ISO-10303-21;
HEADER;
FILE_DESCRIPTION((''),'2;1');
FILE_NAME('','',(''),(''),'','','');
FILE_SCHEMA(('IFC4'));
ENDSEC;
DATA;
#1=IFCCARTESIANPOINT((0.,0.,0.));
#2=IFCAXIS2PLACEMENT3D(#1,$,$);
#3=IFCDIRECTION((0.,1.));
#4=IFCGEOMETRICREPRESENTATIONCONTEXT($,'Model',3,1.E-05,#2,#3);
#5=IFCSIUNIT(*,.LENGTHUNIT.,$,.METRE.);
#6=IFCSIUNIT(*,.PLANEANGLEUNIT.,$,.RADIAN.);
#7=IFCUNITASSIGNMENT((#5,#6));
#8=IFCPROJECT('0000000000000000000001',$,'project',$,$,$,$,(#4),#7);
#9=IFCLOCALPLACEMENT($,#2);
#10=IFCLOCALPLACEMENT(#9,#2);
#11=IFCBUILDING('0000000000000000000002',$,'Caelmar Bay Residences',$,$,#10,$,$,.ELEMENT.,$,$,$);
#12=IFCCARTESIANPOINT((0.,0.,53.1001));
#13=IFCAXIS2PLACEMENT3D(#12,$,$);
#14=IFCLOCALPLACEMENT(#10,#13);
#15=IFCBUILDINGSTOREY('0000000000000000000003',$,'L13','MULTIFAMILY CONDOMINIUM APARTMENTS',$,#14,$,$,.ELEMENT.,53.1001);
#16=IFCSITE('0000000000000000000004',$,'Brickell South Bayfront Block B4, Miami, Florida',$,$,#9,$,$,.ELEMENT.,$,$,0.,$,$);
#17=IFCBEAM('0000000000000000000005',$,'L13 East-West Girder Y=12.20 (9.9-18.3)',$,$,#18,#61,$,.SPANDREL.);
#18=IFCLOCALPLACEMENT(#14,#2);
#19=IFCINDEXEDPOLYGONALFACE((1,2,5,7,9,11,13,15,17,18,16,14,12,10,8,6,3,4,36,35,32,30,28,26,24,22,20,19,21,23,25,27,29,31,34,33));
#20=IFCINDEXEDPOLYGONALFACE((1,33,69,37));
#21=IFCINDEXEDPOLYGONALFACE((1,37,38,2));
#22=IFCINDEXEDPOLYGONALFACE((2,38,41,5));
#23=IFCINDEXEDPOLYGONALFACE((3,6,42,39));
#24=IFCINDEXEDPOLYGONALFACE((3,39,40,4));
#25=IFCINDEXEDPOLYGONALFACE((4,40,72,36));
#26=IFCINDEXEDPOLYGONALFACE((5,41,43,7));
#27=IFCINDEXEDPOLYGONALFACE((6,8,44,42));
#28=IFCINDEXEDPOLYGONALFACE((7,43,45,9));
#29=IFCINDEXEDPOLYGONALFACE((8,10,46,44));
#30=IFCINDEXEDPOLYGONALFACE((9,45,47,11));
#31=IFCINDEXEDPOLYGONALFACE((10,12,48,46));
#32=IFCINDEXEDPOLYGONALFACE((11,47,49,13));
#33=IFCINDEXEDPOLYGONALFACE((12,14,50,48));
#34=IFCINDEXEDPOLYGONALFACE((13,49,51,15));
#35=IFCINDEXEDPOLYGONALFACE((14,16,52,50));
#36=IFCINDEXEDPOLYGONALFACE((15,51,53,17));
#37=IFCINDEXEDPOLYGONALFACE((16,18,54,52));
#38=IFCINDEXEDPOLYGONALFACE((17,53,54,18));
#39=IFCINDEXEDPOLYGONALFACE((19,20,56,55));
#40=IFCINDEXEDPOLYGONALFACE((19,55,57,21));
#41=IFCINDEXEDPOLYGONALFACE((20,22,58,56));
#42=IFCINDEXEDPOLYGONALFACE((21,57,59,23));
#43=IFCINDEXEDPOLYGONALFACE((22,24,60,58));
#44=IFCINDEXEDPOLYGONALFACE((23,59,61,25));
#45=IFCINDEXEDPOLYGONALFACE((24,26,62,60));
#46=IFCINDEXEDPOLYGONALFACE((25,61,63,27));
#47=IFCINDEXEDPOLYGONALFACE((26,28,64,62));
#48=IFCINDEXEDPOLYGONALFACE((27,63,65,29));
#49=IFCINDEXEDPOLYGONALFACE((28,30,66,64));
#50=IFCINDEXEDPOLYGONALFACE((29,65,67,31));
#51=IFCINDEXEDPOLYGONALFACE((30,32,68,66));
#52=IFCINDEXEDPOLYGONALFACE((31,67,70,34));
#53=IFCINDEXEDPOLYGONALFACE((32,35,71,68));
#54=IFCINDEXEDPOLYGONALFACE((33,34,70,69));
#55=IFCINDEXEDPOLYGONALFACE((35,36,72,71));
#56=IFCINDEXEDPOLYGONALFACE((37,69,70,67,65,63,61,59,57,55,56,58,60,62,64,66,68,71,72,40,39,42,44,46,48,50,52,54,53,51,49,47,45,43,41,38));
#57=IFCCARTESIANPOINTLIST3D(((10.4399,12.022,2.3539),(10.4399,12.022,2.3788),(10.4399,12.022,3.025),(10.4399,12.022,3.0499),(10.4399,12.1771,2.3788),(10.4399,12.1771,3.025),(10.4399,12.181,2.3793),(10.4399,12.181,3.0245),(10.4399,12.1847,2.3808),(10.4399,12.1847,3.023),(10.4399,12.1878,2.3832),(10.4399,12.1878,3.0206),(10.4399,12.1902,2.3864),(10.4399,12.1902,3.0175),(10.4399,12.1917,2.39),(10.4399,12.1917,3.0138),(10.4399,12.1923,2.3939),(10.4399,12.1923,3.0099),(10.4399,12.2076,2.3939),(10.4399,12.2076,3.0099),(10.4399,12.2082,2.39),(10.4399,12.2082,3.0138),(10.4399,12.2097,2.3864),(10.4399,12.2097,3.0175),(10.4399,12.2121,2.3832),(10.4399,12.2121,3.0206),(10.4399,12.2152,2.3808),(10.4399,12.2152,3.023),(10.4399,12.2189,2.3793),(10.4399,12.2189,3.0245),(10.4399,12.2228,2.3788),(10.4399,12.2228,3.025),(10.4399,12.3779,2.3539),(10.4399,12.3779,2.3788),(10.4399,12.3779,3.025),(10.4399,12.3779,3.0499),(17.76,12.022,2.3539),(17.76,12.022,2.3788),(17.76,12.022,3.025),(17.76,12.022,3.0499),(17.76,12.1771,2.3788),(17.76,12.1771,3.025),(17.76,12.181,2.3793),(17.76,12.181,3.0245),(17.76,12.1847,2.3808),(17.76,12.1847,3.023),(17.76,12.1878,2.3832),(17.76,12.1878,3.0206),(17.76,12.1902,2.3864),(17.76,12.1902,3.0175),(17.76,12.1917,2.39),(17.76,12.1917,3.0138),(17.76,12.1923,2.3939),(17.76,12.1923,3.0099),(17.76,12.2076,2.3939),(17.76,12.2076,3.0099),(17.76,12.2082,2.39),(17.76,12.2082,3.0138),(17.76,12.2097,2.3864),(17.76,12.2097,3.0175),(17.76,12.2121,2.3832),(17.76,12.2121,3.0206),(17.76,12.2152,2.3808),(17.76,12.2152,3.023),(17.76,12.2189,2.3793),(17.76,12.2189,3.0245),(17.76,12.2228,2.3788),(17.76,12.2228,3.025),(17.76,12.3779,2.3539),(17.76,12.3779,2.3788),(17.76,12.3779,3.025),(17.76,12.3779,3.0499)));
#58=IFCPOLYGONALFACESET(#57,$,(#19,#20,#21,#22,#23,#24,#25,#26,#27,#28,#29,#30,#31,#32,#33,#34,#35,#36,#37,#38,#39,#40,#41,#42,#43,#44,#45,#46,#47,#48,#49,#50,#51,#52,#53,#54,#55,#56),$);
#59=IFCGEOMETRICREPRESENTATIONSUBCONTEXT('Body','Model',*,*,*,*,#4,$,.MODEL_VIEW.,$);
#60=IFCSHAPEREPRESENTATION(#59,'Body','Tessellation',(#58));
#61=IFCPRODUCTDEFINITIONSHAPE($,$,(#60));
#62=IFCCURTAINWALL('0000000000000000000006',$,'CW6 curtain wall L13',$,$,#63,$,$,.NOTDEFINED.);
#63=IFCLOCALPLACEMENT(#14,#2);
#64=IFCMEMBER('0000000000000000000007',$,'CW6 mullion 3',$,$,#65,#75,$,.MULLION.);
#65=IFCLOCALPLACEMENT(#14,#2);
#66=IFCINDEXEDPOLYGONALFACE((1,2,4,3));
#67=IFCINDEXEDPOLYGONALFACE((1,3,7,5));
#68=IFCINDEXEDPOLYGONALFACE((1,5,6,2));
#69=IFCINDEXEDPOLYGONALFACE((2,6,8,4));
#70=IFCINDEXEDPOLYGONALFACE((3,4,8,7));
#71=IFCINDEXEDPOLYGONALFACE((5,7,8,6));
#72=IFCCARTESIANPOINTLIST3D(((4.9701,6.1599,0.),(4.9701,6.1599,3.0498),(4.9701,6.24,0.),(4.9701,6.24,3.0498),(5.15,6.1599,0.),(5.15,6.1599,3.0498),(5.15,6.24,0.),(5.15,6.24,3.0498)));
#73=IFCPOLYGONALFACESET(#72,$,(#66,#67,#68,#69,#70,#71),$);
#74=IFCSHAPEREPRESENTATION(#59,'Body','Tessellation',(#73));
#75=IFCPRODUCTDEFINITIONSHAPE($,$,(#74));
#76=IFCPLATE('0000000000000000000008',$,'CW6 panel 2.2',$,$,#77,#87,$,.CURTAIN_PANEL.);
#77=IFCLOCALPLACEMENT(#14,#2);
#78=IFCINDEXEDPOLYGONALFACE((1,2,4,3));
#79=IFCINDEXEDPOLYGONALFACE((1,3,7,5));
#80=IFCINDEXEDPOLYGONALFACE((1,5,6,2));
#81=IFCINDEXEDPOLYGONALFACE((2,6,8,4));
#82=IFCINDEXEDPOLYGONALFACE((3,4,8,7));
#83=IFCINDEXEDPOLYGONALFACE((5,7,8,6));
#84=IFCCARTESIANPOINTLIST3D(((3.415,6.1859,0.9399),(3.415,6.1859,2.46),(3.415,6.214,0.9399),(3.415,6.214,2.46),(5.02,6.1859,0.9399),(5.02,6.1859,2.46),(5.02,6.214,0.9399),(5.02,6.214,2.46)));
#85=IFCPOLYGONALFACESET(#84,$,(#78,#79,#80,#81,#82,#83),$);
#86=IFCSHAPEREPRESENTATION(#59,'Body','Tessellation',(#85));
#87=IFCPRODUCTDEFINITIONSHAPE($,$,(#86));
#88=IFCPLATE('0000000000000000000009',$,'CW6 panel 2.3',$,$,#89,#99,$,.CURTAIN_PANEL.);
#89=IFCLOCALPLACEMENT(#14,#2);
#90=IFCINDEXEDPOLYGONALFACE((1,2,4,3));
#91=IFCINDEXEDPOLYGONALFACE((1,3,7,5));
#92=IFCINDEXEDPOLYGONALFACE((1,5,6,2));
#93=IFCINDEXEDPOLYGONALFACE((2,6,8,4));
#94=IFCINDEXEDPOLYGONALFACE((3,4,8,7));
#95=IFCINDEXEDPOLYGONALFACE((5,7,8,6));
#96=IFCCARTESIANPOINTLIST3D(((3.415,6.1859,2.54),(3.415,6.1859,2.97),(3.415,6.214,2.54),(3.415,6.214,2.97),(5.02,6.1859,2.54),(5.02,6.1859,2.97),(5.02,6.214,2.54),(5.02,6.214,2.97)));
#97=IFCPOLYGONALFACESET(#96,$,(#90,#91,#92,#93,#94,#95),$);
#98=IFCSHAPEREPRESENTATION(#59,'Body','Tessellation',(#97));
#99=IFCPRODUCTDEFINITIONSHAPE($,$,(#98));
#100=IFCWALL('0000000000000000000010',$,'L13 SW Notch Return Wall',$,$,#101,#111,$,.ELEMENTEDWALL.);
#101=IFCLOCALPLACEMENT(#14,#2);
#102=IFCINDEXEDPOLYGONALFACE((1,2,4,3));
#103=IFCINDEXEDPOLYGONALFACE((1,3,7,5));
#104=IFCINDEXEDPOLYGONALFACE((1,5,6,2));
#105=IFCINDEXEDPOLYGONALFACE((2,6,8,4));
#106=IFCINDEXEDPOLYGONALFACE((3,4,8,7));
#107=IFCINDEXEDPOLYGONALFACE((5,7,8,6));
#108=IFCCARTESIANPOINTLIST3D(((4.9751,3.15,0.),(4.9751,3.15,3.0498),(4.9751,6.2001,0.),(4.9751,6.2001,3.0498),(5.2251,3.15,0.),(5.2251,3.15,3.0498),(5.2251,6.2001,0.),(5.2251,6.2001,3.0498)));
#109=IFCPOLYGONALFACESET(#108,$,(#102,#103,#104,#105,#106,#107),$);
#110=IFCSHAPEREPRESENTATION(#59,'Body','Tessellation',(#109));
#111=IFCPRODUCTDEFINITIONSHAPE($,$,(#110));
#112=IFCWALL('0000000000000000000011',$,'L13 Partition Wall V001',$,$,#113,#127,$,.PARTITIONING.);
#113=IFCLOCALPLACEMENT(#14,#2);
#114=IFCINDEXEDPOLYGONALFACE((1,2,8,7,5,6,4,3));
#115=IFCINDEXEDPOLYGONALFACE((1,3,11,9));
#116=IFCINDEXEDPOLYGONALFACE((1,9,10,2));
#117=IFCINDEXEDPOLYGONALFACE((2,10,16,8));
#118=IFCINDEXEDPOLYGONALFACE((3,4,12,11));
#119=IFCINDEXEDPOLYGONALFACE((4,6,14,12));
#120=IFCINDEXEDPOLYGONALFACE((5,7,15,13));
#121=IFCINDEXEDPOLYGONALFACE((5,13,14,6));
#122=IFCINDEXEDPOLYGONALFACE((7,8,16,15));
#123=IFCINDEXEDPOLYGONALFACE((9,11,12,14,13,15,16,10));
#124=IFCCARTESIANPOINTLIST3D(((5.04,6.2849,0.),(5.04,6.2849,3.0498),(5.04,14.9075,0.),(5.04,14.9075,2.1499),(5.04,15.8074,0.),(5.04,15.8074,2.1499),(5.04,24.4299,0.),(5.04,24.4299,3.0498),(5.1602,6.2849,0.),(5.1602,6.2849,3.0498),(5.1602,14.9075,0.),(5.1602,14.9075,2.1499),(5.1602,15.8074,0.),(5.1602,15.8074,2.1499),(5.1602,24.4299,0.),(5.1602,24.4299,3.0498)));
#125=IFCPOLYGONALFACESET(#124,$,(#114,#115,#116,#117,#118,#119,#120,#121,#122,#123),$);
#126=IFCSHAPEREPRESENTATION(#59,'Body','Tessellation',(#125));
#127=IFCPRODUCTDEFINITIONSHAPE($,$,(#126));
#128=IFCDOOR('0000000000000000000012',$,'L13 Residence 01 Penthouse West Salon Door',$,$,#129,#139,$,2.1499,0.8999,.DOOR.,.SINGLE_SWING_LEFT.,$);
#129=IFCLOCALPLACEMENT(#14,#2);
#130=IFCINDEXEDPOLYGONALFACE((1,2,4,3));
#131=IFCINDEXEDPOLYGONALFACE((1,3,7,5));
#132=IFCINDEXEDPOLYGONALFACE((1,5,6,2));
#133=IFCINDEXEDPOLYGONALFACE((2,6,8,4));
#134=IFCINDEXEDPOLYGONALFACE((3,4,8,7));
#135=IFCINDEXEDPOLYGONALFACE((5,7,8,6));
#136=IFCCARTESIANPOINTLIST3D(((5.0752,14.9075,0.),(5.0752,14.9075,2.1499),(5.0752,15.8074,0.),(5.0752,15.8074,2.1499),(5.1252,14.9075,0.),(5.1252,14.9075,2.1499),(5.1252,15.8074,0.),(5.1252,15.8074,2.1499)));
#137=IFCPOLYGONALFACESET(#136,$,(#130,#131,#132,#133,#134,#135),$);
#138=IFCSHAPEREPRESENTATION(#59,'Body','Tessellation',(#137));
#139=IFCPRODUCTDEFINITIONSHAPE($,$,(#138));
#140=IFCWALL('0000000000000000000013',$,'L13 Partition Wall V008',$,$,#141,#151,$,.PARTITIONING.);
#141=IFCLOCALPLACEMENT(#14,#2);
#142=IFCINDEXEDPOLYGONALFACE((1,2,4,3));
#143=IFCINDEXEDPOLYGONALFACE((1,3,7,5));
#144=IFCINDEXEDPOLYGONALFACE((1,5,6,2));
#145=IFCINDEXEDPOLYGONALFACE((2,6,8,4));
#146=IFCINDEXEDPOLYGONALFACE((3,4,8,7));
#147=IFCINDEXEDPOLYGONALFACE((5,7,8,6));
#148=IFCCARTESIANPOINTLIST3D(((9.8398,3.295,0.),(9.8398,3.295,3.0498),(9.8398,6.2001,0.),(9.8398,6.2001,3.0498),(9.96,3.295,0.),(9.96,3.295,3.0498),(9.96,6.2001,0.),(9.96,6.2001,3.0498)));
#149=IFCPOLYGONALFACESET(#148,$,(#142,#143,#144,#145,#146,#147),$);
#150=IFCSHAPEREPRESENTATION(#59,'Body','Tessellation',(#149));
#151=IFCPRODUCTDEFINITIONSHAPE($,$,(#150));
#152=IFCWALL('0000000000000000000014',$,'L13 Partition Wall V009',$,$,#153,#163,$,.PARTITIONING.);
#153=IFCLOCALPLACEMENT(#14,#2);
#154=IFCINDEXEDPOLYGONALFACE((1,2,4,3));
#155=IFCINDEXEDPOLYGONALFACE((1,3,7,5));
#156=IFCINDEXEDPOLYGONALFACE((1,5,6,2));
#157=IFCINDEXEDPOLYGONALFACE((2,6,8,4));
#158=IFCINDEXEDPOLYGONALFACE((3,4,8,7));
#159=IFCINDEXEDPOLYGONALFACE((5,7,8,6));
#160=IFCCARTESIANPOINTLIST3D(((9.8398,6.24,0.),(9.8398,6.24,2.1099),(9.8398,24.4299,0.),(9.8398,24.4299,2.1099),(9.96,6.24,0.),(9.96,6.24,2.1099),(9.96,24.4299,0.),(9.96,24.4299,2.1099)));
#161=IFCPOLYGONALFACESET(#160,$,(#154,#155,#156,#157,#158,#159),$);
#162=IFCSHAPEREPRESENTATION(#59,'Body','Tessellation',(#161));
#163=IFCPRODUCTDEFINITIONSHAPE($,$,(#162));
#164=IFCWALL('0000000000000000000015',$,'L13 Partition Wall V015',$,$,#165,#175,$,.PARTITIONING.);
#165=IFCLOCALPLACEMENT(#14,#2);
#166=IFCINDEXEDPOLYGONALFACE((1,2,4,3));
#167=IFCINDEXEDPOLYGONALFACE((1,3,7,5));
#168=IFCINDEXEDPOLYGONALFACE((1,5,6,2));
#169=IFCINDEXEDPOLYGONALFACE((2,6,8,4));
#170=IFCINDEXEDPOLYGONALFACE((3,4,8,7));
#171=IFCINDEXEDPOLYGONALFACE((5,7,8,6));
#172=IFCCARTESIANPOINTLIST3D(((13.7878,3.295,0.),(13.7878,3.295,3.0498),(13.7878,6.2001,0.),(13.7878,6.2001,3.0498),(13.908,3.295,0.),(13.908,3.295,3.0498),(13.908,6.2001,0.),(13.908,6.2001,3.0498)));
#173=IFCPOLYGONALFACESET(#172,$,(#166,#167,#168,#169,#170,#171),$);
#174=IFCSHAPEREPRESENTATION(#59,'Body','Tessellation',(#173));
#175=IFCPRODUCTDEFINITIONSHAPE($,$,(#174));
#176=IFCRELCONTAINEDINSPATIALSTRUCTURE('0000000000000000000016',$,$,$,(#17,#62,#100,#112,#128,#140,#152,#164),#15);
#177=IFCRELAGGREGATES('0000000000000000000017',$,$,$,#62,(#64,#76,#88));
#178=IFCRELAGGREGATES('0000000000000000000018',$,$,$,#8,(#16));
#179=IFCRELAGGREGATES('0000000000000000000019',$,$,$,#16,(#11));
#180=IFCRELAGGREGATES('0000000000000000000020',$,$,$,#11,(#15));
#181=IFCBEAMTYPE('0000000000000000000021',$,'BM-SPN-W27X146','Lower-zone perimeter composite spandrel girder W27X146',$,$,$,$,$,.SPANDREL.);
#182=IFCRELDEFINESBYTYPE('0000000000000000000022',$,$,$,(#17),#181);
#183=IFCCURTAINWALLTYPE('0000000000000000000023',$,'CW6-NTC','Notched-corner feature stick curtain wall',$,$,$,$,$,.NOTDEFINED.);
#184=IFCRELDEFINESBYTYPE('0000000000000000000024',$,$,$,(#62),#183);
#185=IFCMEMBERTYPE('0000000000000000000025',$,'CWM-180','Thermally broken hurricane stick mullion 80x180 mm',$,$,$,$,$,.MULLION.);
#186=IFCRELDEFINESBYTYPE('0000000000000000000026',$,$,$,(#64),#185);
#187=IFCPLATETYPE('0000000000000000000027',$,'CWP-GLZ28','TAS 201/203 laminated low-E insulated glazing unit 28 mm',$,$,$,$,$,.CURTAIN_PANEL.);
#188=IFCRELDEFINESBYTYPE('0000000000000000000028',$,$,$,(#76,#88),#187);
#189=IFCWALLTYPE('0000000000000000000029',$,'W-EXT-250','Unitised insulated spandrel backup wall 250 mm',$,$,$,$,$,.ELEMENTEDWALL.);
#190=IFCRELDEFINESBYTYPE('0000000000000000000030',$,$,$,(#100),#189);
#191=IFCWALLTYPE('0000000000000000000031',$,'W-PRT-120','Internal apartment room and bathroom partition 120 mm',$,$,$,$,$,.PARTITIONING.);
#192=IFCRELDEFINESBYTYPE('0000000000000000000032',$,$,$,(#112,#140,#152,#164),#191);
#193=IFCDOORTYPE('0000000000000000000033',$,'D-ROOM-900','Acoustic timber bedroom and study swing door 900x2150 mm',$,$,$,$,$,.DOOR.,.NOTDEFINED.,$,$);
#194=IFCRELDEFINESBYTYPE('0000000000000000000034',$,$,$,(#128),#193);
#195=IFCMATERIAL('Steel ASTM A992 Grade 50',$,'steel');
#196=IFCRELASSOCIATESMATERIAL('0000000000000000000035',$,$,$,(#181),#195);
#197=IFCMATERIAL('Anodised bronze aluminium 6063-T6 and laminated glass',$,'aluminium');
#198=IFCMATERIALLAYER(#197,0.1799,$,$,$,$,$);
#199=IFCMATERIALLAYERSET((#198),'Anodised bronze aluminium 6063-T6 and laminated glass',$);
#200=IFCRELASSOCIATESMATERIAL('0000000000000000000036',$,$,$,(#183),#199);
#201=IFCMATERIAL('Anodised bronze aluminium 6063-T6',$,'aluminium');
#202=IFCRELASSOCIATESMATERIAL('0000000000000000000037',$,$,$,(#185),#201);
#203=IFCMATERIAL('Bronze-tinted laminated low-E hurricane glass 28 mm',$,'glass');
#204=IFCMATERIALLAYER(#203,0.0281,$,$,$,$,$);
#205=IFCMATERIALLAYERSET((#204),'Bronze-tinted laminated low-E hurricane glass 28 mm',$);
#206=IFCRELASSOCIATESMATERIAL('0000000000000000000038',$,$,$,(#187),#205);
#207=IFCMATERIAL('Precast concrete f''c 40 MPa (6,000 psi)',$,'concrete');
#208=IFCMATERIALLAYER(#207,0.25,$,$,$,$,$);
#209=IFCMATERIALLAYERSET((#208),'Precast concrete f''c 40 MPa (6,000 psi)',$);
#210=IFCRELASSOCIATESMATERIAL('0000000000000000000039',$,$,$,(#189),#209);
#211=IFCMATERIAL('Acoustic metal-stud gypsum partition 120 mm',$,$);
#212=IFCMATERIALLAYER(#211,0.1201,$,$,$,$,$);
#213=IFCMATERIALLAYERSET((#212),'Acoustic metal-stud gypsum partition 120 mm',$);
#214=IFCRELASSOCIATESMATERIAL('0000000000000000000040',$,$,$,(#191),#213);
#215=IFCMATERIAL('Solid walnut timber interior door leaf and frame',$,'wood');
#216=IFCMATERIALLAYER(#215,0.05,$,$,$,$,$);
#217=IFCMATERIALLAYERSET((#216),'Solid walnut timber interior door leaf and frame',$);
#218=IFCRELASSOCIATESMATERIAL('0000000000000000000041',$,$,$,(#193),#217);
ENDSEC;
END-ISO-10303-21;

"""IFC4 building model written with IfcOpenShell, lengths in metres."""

from ifc_helpers import new_model, si_unit, direction, frame, frame_2d, origin, origin_2d, place, context, subcontext, project, spatial, rectangle, i_section, extrude, material, layer, layer_set, material_profile, profile_set, type_object, element, fill, aggregate, save


model = new_model("IFC4")

# Units and contexts
model_context = context("Model", 3, precision=1e-05, world=origin(), true_north=direction((0.0, 1.0)))
body_context = subcontext(model_context, "Body", "Model", "MODEL_VIEW")
ifc_project = project(units=[si_unit("LENGTHUNIT", "METRE"), si_unit("PLANEANGLEUNIT", "RADIAN")], contexts=[model_context])

# Site, building, storey
site_placement = place(None, origin())
site = spatial("IfcSite", under=ifc_project, at=site_placement, Name="Brickell South Bayfront Block B4, Miami, Florida", CompositionType="ELEMENT", RefElevation=0.0)
building_placement = place(site_placement, origin())
building = spatial("IfcBuilding", under=site, at=building_placement, Name="Caelmar Bay Residences", CompositionType="ELEMENT")
storey_placement = place(building_placement, frame((0.0, 0.0, 53.1001)))
storey = spatial("IfcBuildingStorey", under=building, at=storey_placement, Name="L13", Description="MULTIFAMILY CONDOMINIUM APARTMENTS", CompositionType="ELEMENT", Elevation=53.1001)

# Beam
ifc_material_1 = material(Name="Steel ASTM A992 Grade 50", Category="steel")
ifc_material_profile_1 = material_profile(ifc_material_1, i_section(OverallWidth=0.356, OverallDepth=0.696, WebThickness=0.0154, FlangeThickness=0.0249, FilletRadius=0.0151, at=origin_2d()), Name="W27X146")
ifc_profile_set_1 = profile_set([ifc_material_profile_1], Name="Steel ASTM A992 Grade 50")
beam_type_1 = type_object("IfcBeamType", Name="BM-SPN-W27X146", Description="Lower-zone perimeter composite spandrel girder W27X146", PredefinedType="SPANDREL", material=ifc_profile_set_1)
beam_1_placement = place(storey_placement, frame((10.4399, 12.2, 2.7019), z_axis=(1.0, 0.0, 0.0), x_axis=(0.0, 1.0, 0.0)))
element("IfcBeam", 1, at=beam_1_placement, inside=storey, type_object=beam_type_1, Name="L13 East-West Girder Y=12.20 (9.9-18.3)", PredefinedType="SPANDREL", context=body_context, shape_type="SweptSolid", body=[
    extrude(i_section(OverallWidth=0.356, OverallDepth=0.696, WebThickness=0.0154, FlangeThickness=0.0249, FilletRadius=0.0151, at=origin_2d()), origin(), (0.0, 0.0, 1.0), 7.3201),
])

# Curtain wall, member, plates
ifc_material_2 = material(Name="Anodised bronze aluminium 6063-T6 and laminated glass", Category="aluminium")
ifc_layer_1 = layer(ifc_material_2, 0.1799)
ifc_layer_set_1 = layer_set([ifc_layer_1], Name="Anodised bronze aluminium 6063-T6 and laminated glass")
curtain_wall_type = type_object("IfcCurtainWallType", Name="CW6-NTC", Description="Notched-corner feature stick curtain wall", PredefinedType="NOTDEFINED", material=ifc_layer_set_1)
curtain_wall_placement = place(storey_placement, origin())
curtain_wall = element("IfcCurtainWall", 2, at=curtain_wall_placement, inside=storey, type_object=curtain_wall_type, Name="CW6 curtain wall L13", PredefinedType="NOTDEFINED")
ifc_material_3 = material(Name="Anodised bronze aluminium 6063-T6", Category="aluminium")
ifc_material_profile_2 = material_profile(ifc_material_3, rectangle(XDim=0.0801, YDim=0.1799, at=origin_2d()), Name="CWM-80X180")
ifc_profile_set_2 = profile_set([ifc_material_profile_2], Name="Anodised bronze aluminium 6063-T6")
member_type = type_object("IfcMemberType", Name="CWM-180", Description="Thermally broken hurricane stick mullion 80x180 mm", PredefinedType="MULLION", material=ifc_profile_set_2)
member_placement = place(storey_placement, frame((5.0601, 6.2, 0.0), z_axis=(0.0, 0.0, 1.0), x_axis=(0.0, 1.0, 0.0)))
member = element("IfcMember", 3, at=member_placement, type_object=member_type, Name="CW6 mullion 3", PredefinedType="MULLION", context=body_context, shape_type="SweptSolid", body=[
    extrude(rectangle(XDim=0.0801, YDim=0.1799, at=origin_2d()), origin(), (0.0, 0.0, 1.0), 3.0498),
])
ifc_material_4 = material(Name="Bronze-tinted laminated low-E hurricane glass 28 mm", Category="glass")
ifc_layer_2 = layer(ifc_material_4, 0.0281)
ifc_layer_set_2 = layer_set([ifc_layer_2], Name="Bronze-tinted laminated low-E hurricane glass 28 mm")
plate_type = type_object("IfcPlateType", Name="CWP-GLZ28", Description="TAS 201/203 laminated low-E insulated glazing unit 28 mm", PredefinedType="CURTAIN_PANEL", material=ifc_layer_set_2)
plate_1_placement = place(storey_placement, frame((4.2175, 6.2, 0.9399), z_axis=(0.0, 0.0, 1.0), x_axis=(1.0, 0.0, 0.0)))
plate_1 = element("IfcPlate", 4, at=plate_1_placement, type_object=plate_type, Name="CW6 panel 2.2", PredefinedType="CURTAIN_PANEL", context=body_context, shape_type="SweptSolid", body=[
    extrude(rectangle(XDim=1.605, YDim=0.0281, at=origin_2d()), origin(), (0.0, 0.0, 1.0), 1.52),
])
plate_2_placement = place(storey_placement, frame((4.2175, 6.2, 2.54), z_axis=(0.0, 0.0, 1.0), x_axis=(1.0, 0.0, 0.0)))
plate_2 = element("IfcPlate", 5, at=plate_2_placement, type_object=plate_type, Name="CW6 panel 2.3", PredefinedType="CURTAIN_PANEL", context=body_context, shape_type="SweptSolid", body=[
    extrude(rectangle(XDim=1.605, YDim=0.0281, at=origin_2d()), origin(), (0.0, 0.0, 1.0), 0.4299),
])
aggregate(curtain_wall, [member, plate_1, plate_2])

# Wall
ifc_material_5 = material(Name="Precast concrete f'c 40 MPa (6,000 psi)", Category="concrete")
ifc_layer_3 = layer(ifc_material_5, 0.25)
ifc_layer_set_3 = layer_set([ifc_layer_3], Name="Precast concrete f'c 40 MPa (6,000 psi)")
wall_type_1 = type_object("IfcWallType", Name="W-EXT-250", Description="Unitised insulated spandrel backup wall 250 mm", PredefinedType="ELEMENTEDWALL", material=ifc_layer_set_3)
wall_1_placement = place(storey_placement, frame((5.1001, 6.2, 0.0), z_axis=(0.0, 0.0, 1.0), x_axis=(0.0, -1.0, 0.0)))
element("IfcWall", 6, at=wall_1_placement, inside=storey, type_object=wall_type_1, Name="L13 SW Notch Return Wall", PredefinedType="ELEMENTEDWALL", context=body_context, shape_type="SweptSolid", body=[
    extrude(rectangle(XDim=3.05, YDim=0.25, at=frame_2d((1.5249, 0.0))), origin(), (0.0, 0.0, 1.0), 3.0498),
])

# Wall, opening, door
ifc_material_6 = material(Name="Acoustic metal-stud gypsum partition 120 mm")
ifc_layer_4 = layer(ifc_material_6, 0.1201)
ifc_layer_set_4 = layer_set([ifc_layer_4], Name="Acoustic metal-stud gypsum partition 120 mm")
wall_type_2 = type_object("IfcWallType", Name="W-PRT-120", Description="Internal apartment room and bathroom partition 120 mm", PredefinedType="PARTITIONING", material=ifc_layer_set_4)
wall_2_placement = place(storey_placement, frame((5.1001, 6.2849, 0.0), z_axis=(0.0, 0.0, 1.0), x_axis=(0.0, 1.0, 0.0)))
wall_2 = element("IfcWall", 7, at=wall_2_placement, inside=storey, type_object=wall_type_2, Name="L13 Partition Wall V001", PredefinedType="PARTITIONING", context=body_context, shape_type="SweptSolid", body=[
    extrude(rectangle(XDim=18.145, YDim=0.1201, at=frame_2d((9.0725, 0.0))), origin(), (0.0, 0.0, 1.0), 3.0498),
])
opening_1_placement = place(wall_2_placement, frame((8.6226, 0.0, 0.0)))
opening_1 = element("IfcOpeningElement", 8, at=opening_1_placement, cuts=wall_2, PredefinedType="OPENING", context=body_context, shape_type="SweptSolid", body=[
    extrude(rectangle(XDim=0.8999, YDim=2.1499, at=frame_2d((0.45, 1.075))), frame((0.0, 0.0701, 0.0), z_axis=(0.0, -1.0, 0.0), x_axis=(1.0, 0.0, 0.0)), (0.0, 0.0, 1.0), 0.1401),
])
ifc_material_7 = material(Name="Solid walnut timber interior door leaf and frame", Category="wood")
ifc_layer_5 = layer(ifc_material_7, 0.05)
ifc_layer_set_5 = layer_set([ifc_layer_5], Name="Solid walnut timber interior door leaf and frame")
door_type = type_object("IfcDoorType", Name="D-ROOM-900", Description="Acoustic timber bedroom and study swing door 900x2150 mm", OperationType="NOTDEFINED", PredefinedType="DOOR", material=ifc_layer_set_5)
door_1_placement = place(opening_1_placement, origin())
door_1 = element("IfcDoor", 9, at=door_1_placement, inside=storey, type_object=door_type, Name="L13 Residence 01 Penthouse West Salon Door", OperationType="SINGLE_SWING_LEFT", OverallHeight=2.1499, OverallWidth=0.8999, PredefinedType="DOOR", context=body_context, shape_type="SweptSolid", body=[
    extrude(rectangle(XDim=0.8999, YDim=2.1499, at=frame_2d((0.45, 1.075))), frame((0.0, 0.0249, 0.0), z_axis=(0.0, -1.0, 0.0), x_axis=(1.0, 0.0, 0.0)), (0.0, 0.0, 1.0), 0.05),
])
fill(opening_1, door_1)

# Walls
wall_3_placement = place(storey_placement, frame((9.8999, 3.2949, 0.0), z_axis=(0.0, 0.0, 1.0), x_axis=(0.0, 1.0, 0.0)))
element("IfcWall", 10, at=wall_3_placement, inside=storey, type_object=wall_type_2, Name="L13 Partition Wall V008", PredefinedType="PARTITIONING", context=body_context, shape_type="SweptSolid", body=[
    extrude(rectangle(XDim=2.905, YDim=0.1201, at=frame_2d((1.4526, 0.0))), origin(), (0.0, 0.0, 1.0), 3.0498),
])
wall_4_placement = place(storey_placement, frame((9.8999, 6.24, 0.0), z_axis=(0.0, 0.0, 1.0), x_axis=(0.0, 1.0, 0.0)))
element("IfcWall", 11, at=wall_4_placement, inside=storey, type_object=wall_type_2, Name="L13 Partition Wall V009", PredefinedType="PARTITIONING", context=body_context, shape_type="SweptSolid", body=[
    extrude(rectangle(XDim=18.1899, YDim=0.1201, at=frame_2d((9.095, 0.0))), origin(), (0.0, 0.0, 1.0), 2.1099),
])
wall_5_placement = place(storey_placement, frame((13.8479, 3.2949, 0.0), z_axis=(0.0, 0.0, 1.0), x_axis=(0.0, 1.0, 0.0)))
element("IfcWall", 12, at=wall_5_placement, inside=storey, type_object=wall_type_2, Name="L13 Partition Wall V015", PredefinedType="PARTITIONING", context=body_context, shape_type="SweptSolid", body=[
    extrude(rectangle(XDim=2.905, YDim=0.1201, at=frame_2d((1.4526, 0.0))), origin(), (0.0, 0.0, 1.0), 3.0498),
])

save(model, "model.ifc")
